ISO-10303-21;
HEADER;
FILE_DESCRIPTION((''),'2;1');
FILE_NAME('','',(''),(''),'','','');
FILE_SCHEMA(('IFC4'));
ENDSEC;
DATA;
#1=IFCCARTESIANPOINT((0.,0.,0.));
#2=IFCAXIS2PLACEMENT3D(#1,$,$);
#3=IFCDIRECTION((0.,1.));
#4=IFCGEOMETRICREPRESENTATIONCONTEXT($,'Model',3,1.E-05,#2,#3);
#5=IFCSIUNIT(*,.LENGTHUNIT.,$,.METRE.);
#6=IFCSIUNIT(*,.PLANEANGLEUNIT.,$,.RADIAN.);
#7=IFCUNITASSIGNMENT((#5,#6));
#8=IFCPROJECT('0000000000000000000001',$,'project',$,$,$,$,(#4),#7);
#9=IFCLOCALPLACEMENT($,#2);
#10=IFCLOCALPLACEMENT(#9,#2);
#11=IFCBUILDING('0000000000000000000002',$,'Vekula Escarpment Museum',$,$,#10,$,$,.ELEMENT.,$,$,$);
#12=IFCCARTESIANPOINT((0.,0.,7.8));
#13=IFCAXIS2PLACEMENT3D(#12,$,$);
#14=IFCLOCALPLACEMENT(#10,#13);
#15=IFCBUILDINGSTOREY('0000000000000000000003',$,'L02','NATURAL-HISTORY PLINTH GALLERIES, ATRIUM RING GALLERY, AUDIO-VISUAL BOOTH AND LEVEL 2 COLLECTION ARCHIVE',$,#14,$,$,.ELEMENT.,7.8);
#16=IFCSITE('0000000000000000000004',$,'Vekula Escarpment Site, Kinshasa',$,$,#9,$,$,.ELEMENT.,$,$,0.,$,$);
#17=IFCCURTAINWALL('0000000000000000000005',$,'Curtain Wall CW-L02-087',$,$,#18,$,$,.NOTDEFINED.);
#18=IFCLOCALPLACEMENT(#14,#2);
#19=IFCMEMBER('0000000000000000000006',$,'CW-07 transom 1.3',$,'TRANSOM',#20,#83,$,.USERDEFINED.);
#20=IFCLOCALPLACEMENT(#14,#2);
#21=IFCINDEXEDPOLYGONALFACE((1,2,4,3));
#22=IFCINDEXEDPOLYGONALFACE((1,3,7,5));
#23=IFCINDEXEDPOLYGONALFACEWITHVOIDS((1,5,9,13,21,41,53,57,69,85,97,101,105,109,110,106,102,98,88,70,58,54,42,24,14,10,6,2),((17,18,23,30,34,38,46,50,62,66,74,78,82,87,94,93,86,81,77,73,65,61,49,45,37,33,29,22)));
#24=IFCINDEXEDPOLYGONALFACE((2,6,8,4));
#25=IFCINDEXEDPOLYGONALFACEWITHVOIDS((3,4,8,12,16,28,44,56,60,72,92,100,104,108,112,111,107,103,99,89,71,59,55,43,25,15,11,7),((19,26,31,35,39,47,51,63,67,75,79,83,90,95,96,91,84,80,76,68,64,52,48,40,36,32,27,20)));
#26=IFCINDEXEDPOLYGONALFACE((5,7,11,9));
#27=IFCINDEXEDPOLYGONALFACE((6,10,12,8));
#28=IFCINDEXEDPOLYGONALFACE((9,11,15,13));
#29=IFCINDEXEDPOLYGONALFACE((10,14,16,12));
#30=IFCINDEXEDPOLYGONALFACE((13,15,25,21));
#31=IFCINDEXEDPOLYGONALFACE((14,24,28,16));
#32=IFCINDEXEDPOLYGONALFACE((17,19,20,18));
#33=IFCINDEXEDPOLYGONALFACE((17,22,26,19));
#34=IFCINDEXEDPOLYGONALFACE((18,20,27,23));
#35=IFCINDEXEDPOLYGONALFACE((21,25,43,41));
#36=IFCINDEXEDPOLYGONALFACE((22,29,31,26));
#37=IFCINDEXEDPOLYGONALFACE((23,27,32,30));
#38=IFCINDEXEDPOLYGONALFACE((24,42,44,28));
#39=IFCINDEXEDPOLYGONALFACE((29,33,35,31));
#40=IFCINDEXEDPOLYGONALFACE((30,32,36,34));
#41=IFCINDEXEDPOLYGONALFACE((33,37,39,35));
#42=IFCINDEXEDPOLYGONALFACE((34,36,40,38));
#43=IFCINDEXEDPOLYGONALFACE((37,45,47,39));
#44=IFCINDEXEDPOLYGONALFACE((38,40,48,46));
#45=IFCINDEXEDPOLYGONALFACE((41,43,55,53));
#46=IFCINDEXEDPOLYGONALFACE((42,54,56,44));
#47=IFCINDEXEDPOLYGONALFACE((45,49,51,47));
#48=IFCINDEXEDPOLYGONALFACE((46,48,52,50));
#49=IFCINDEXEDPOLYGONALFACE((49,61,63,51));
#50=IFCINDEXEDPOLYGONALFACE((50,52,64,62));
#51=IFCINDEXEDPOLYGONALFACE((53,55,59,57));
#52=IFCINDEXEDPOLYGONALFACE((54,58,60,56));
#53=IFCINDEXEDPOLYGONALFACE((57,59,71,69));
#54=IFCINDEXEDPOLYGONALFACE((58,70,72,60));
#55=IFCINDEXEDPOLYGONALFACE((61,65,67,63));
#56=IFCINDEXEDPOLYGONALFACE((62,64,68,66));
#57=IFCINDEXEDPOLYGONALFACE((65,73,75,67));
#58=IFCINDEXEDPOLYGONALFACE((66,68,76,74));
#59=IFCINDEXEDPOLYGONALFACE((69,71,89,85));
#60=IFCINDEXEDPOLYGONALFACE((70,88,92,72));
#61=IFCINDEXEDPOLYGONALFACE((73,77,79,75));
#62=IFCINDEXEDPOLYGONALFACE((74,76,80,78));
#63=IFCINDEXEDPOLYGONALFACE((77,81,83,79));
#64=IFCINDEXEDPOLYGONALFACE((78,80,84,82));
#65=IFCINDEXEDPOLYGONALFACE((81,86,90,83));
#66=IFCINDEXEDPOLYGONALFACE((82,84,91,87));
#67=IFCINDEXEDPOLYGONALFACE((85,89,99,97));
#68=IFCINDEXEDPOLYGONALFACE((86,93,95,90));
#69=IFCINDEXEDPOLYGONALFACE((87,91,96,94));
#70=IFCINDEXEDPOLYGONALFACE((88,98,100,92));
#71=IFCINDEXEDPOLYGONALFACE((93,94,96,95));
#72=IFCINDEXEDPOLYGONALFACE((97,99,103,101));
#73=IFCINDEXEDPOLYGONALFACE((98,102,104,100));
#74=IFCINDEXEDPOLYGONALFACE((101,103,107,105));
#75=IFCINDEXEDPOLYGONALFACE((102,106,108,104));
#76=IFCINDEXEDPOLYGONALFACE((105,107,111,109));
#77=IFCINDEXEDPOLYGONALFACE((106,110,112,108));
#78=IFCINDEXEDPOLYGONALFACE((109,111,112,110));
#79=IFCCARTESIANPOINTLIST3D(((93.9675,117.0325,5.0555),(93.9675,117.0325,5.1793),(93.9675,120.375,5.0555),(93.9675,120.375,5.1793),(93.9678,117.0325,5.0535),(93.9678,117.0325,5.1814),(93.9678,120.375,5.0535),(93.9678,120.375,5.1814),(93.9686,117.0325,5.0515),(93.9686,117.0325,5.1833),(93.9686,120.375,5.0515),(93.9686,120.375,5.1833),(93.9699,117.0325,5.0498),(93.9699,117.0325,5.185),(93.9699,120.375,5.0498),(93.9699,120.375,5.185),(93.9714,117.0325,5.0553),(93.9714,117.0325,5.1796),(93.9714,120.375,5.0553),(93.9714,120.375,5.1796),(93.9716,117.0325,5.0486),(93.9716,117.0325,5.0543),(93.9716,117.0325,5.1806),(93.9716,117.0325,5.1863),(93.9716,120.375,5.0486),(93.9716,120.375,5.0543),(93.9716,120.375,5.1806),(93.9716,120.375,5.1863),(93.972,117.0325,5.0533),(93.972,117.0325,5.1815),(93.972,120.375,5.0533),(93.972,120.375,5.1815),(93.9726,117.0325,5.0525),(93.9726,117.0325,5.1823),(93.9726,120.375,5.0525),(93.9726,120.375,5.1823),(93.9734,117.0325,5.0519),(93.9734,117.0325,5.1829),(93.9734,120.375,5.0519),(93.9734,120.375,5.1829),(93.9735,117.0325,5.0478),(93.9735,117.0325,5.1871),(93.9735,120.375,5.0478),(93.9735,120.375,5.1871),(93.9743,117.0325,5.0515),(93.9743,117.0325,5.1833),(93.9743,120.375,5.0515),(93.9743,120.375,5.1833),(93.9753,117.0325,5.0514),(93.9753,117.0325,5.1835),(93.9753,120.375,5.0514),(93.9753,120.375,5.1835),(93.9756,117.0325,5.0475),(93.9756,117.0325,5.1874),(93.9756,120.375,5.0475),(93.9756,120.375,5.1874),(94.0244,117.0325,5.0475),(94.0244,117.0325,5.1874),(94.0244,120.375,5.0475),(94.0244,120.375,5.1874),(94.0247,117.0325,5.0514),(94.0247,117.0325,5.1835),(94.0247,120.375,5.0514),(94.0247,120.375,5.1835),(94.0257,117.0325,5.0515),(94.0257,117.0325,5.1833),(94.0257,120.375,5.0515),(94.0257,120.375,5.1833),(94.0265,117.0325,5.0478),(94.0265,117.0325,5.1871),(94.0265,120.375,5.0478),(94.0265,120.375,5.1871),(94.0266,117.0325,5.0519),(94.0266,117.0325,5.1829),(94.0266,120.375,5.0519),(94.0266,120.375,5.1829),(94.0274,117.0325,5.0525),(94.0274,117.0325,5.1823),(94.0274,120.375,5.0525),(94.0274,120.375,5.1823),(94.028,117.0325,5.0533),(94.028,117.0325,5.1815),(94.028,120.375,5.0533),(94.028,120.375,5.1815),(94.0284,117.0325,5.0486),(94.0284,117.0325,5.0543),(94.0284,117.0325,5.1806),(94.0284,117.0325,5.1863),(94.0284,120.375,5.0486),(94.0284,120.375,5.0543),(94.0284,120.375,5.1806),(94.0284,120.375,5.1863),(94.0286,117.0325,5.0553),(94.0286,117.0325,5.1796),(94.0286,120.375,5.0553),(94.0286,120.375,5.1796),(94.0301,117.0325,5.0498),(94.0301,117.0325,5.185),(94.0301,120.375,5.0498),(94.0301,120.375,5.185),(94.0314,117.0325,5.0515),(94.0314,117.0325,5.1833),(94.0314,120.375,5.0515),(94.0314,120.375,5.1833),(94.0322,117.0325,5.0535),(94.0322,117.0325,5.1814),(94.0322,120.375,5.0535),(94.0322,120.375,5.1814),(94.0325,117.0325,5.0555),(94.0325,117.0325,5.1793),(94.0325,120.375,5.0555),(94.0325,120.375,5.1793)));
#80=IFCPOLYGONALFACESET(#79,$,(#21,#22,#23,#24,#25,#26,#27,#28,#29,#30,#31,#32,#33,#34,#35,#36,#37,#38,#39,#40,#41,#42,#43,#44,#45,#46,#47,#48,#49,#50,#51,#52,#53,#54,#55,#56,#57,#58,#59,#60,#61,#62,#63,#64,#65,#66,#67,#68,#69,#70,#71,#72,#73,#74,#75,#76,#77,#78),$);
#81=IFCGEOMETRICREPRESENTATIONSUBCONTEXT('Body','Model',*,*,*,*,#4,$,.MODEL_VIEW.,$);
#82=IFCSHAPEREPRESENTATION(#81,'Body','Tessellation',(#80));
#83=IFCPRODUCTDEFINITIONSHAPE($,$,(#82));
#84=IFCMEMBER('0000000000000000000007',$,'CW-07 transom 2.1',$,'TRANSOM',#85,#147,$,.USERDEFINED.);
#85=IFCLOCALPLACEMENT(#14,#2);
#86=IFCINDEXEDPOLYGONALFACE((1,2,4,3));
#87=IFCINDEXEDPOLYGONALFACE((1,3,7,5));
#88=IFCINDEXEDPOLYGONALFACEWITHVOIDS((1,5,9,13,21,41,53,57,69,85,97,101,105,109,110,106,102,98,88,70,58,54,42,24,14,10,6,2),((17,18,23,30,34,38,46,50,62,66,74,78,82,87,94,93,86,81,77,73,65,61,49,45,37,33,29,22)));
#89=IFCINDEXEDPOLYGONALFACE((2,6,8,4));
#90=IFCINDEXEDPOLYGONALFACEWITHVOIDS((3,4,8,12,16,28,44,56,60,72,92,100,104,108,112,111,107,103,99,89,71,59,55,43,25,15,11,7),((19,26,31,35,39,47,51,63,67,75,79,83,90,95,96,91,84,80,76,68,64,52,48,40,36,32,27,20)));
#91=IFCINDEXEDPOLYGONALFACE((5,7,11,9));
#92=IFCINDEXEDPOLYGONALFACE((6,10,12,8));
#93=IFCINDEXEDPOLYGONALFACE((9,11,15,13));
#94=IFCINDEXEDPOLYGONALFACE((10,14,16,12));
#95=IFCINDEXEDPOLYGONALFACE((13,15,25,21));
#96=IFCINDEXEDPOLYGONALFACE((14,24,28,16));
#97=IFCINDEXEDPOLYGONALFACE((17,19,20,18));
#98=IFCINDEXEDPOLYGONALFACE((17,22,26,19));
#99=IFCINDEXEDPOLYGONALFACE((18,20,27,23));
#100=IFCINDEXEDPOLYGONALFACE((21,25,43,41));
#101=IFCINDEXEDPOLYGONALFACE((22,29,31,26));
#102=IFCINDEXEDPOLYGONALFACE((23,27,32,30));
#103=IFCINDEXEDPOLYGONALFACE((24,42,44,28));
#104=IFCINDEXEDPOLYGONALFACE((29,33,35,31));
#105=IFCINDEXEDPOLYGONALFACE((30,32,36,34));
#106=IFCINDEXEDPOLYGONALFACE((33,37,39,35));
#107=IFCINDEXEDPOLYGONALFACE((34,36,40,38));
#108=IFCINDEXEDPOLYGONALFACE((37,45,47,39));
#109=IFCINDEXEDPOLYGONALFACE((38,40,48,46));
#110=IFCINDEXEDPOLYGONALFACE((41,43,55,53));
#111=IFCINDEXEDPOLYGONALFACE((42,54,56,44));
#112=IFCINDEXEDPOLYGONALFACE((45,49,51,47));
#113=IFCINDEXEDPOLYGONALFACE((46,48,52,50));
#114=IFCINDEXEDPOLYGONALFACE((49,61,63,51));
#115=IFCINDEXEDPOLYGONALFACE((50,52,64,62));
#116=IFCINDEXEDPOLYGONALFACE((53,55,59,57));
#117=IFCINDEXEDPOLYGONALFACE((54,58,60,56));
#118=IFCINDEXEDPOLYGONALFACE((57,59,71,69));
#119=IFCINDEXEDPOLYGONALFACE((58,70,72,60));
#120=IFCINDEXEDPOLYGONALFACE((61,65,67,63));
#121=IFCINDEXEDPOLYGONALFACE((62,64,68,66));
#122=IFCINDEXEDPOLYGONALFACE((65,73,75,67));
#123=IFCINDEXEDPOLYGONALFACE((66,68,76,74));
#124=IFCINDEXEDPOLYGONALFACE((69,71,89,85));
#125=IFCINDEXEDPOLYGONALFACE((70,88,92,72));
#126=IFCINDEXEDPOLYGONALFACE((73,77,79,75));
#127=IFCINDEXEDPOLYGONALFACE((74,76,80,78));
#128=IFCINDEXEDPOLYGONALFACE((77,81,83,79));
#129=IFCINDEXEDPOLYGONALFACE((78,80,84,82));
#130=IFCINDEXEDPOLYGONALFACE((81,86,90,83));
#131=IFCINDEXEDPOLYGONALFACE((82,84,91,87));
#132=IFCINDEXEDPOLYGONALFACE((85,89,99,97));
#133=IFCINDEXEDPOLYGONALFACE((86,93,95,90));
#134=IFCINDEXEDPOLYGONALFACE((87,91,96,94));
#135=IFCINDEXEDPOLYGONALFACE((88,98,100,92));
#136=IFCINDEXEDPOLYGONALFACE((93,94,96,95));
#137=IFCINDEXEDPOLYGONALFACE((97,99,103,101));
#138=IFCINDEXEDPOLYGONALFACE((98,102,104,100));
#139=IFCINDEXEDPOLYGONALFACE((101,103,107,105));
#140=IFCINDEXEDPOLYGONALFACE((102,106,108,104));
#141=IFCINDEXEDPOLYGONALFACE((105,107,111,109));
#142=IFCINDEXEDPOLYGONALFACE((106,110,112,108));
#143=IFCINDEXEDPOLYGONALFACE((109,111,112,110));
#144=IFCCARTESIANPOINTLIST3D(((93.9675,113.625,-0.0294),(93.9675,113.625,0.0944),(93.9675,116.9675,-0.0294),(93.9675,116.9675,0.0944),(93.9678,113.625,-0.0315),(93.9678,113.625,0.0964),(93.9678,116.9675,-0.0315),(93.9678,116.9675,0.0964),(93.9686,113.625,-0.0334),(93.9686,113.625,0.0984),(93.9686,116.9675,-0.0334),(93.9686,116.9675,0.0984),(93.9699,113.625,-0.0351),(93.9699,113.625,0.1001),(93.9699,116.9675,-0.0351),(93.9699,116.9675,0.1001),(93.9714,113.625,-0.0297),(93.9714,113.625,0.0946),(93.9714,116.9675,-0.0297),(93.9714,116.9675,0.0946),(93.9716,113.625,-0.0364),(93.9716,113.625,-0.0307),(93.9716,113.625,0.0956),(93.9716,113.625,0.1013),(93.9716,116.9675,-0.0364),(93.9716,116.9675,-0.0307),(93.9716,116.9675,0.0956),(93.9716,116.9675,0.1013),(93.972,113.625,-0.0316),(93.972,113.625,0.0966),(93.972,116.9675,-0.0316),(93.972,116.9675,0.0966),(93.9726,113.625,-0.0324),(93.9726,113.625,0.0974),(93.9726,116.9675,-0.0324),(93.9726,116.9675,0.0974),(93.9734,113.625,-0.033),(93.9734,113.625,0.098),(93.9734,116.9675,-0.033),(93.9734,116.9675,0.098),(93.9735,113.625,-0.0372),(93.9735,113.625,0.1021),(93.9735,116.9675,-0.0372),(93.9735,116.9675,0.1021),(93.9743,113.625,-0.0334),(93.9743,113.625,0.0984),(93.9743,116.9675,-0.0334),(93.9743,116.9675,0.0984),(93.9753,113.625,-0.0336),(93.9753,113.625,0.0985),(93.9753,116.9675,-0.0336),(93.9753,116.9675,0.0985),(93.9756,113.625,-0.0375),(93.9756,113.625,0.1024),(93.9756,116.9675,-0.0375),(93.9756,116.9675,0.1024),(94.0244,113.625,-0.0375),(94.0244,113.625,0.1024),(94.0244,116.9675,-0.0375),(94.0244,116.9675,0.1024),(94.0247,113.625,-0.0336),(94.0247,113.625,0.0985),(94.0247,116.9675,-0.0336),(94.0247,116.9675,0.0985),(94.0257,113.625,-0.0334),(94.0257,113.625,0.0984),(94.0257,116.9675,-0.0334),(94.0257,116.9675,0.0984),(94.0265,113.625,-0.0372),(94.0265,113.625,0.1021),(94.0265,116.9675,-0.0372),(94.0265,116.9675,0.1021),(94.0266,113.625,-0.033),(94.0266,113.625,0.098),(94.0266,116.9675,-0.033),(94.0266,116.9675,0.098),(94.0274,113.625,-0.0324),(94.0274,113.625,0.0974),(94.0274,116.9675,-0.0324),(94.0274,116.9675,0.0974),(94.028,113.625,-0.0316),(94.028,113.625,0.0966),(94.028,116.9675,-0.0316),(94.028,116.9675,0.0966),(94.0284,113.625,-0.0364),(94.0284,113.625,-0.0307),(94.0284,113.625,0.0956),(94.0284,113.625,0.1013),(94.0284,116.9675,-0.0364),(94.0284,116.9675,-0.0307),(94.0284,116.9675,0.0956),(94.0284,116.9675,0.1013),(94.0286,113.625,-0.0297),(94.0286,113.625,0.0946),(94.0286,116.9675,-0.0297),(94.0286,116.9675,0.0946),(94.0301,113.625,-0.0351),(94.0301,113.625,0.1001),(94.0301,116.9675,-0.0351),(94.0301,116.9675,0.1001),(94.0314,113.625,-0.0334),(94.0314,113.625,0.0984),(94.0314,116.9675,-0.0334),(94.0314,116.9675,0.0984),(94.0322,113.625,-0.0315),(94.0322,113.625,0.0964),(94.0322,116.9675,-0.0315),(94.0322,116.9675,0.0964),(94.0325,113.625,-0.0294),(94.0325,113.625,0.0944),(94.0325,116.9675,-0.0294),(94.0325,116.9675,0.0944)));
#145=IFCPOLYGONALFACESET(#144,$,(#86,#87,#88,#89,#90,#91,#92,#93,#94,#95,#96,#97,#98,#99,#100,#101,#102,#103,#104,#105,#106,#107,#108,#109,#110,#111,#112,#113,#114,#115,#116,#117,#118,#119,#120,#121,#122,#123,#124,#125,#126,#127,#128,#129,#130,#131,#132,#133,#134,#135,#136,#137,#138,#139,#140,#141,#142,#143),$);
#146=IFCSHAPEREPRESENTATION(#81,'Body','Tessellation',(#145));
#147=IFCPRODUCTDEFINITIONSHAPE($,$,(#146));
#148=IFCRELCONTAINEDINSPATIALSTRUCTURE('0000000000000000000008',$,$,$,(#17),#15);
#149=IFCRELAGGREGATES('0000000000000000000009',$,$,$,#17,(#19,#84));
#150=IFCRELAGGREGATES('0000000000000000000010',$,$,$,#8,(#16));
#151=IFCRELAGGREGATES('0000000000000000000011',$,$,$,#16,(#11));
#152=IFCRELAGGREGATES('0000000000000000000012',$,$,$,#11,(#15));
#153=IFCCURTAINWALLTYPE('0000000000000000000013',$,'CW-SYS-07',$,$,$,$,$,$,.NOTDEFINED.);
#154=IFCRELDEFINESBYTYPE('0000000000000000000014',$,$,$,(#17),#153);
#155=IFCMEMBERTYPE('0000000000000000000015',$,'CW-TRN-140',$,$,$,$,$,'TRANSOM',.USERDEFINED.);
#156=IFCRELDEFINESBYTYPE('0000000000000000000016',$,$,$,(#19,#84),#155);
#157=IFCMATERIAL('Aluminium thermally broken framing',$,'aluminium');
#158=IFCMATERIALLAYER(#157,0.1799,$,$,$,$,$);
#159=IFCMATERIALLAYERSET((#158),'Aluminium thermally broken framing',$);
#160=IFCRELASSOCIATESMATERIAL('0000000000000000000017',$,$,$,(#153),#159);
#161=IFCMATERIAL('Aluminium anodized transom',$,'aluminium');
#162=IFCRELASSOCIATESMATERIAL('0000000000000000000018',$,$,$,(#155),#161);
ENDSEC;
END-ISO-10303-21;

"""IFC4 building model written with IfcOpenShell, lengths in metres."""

from ifc_helpers import new_model, si_unit, direction, frame, origin, origin_2d, place, context, subcontext, project, spatial, hollow_rectangle, extrude, material, layer, layer_set, material_profile, profile_set, type_object, element, aggregate, save


model = new_model("IFC4")

# Units and contexts
model_context = context("Model", 3, precision=1e-05, world=origin(), true_north=direction((0.0, 1.0)))
body_context = subcontext(model_context, "Body", "Model", "MODEL_VIEW")
ifc_project = project(units=[si_unit("LENGTHUNIT", "METRE"), si_unit("PLANEANGLEUNIT", "RADIAN")], contexts=[model_context])

# Site, building, storey
site_placement = place(None, origin())
site = spatial("IfcSite", under=ifc_project, at=site_placement, Name="Vekula Escarpment Site, Kinshasa", CompositionType="ELEMENT", RefElevation=0.0)
building_placement = place(site_placement, origin())
building = spatial("IfcBuilding", under=site, at=building_placement, Name="Vekula Escarpment Museum", CompositionType="ELEMENT")
storey_placement = place(building_placement, frame((0.0, 0.0, 7.8)))
storey = spatial("IfcBuildingStorey", under=building, at=storey_placement, Name="L02", Description="NATURAL-HISTORY PLINTH GALLERIES, ATRIUM RING GALLERY, AUDIO-VISUAL BOOTH AND LEVEL 2 COLLECTION ARCHIVE", CompositionType="ELEMENT", Elevation=7.8)

# Curtain wall
ifc_material_1 = material(Name="Aluminium thermally broken framing", Category="aluminium")
ifc_layer_1 = layer(ifc_material_1, 0.1799)
ifc_layer_set_1 = layer_set([ifc_layer_1], Name="Aluminium thermally broken framing")
curtain_wall_type_1 = type_object("IfcCurtainWallType", Name="CW-SYS-07", PredefinedType="NOTDEFINED", material=ifc_layer_set_1)
curtain_wall_1_placement = place(storey_placement, origin())
curtain_wall_1 = element("IfcCurtainWall", 1, at=curtain_wall_1_placement, inside=storey, type_object=curtain_wall_type_1, Name="Curtain Wall CW-L02-087", PredefinedType="NOTDEFINED")

# Members
ifc_material_2 = material(Name="Aluminium anodized transom", Category="aluminium")
ifc_material_profile_1 = material_profile(ifc_material_2, hollow_rectangle(XDim=0.0649, YDim=0.1399, WallThickness=0.0039, InnerFilletRadius=0.0039, OuterFilletRadius=0.0081, at=origin_2d()), Name="ALU 140x65x4")
ifc_profile_set_1 = profile_set([ifc_material_profile_1], Name="Aluminium anodized transom")
member_type_1 = type_object("IfcMemberType", Name="CW-TRN-140", ElementType="TRANSOM", PredefinedType="USERDEFINED", material=ifc_profile_set_1)
member_1_placement = place(storey_placement, frame((94.0, 120.375, 5.1174), z_axis=(0.0, -1.0, 0.0), x_axis=(1.0, 0.0, 0.0)))
member_1 = element("IfcMember", 2, at=member_1_placement, type_object=member_type_1, Name="CW-07 transom 1.3", ObjectType="TRANSOM", PredefinedType="USERDEFINED", context=body_context, shape_type="SweptSolid", body=[
    extrude(hollow_rectangle(XDim=0.0649, YDim=0.1399, WallThickness=0.0039, InnerFilletRadius=0.0039, OuterFilletRadius=0.0081, at=origin_2d()), origin(), (0.0, 0.0, 1.0), 3.3425),
])
member_2_placement = place(storey_placement, frame((94.0, 116.9675, 0.0325), z_axis=(0.0, -1.0, 0.0), x_axis=(1.0, 0.0, 0.0)))
member_2 = element("IfcMember", 3, at=member_2_placement, type_object=member_type_1, Name="CW-07 transom 2.1", ObjectType="TRANSOM", PredefinedType="USERDEFINED", context=body_context, shape_type="SweptSolid", body=[
    extrude(hollow_rectangle(XDim=0.0649, YDim=0.1399, WallThickness=0.0039, InnerFilletRadius=0.0039, OuterFilletRadius=0.0081, at=origin_2d()), origin(), (0.0, 0.0, 1.0), 3.3425),
])

aggregate(curtain_wall_1, [member_1, member_2])

save(model, "model.ifc")
